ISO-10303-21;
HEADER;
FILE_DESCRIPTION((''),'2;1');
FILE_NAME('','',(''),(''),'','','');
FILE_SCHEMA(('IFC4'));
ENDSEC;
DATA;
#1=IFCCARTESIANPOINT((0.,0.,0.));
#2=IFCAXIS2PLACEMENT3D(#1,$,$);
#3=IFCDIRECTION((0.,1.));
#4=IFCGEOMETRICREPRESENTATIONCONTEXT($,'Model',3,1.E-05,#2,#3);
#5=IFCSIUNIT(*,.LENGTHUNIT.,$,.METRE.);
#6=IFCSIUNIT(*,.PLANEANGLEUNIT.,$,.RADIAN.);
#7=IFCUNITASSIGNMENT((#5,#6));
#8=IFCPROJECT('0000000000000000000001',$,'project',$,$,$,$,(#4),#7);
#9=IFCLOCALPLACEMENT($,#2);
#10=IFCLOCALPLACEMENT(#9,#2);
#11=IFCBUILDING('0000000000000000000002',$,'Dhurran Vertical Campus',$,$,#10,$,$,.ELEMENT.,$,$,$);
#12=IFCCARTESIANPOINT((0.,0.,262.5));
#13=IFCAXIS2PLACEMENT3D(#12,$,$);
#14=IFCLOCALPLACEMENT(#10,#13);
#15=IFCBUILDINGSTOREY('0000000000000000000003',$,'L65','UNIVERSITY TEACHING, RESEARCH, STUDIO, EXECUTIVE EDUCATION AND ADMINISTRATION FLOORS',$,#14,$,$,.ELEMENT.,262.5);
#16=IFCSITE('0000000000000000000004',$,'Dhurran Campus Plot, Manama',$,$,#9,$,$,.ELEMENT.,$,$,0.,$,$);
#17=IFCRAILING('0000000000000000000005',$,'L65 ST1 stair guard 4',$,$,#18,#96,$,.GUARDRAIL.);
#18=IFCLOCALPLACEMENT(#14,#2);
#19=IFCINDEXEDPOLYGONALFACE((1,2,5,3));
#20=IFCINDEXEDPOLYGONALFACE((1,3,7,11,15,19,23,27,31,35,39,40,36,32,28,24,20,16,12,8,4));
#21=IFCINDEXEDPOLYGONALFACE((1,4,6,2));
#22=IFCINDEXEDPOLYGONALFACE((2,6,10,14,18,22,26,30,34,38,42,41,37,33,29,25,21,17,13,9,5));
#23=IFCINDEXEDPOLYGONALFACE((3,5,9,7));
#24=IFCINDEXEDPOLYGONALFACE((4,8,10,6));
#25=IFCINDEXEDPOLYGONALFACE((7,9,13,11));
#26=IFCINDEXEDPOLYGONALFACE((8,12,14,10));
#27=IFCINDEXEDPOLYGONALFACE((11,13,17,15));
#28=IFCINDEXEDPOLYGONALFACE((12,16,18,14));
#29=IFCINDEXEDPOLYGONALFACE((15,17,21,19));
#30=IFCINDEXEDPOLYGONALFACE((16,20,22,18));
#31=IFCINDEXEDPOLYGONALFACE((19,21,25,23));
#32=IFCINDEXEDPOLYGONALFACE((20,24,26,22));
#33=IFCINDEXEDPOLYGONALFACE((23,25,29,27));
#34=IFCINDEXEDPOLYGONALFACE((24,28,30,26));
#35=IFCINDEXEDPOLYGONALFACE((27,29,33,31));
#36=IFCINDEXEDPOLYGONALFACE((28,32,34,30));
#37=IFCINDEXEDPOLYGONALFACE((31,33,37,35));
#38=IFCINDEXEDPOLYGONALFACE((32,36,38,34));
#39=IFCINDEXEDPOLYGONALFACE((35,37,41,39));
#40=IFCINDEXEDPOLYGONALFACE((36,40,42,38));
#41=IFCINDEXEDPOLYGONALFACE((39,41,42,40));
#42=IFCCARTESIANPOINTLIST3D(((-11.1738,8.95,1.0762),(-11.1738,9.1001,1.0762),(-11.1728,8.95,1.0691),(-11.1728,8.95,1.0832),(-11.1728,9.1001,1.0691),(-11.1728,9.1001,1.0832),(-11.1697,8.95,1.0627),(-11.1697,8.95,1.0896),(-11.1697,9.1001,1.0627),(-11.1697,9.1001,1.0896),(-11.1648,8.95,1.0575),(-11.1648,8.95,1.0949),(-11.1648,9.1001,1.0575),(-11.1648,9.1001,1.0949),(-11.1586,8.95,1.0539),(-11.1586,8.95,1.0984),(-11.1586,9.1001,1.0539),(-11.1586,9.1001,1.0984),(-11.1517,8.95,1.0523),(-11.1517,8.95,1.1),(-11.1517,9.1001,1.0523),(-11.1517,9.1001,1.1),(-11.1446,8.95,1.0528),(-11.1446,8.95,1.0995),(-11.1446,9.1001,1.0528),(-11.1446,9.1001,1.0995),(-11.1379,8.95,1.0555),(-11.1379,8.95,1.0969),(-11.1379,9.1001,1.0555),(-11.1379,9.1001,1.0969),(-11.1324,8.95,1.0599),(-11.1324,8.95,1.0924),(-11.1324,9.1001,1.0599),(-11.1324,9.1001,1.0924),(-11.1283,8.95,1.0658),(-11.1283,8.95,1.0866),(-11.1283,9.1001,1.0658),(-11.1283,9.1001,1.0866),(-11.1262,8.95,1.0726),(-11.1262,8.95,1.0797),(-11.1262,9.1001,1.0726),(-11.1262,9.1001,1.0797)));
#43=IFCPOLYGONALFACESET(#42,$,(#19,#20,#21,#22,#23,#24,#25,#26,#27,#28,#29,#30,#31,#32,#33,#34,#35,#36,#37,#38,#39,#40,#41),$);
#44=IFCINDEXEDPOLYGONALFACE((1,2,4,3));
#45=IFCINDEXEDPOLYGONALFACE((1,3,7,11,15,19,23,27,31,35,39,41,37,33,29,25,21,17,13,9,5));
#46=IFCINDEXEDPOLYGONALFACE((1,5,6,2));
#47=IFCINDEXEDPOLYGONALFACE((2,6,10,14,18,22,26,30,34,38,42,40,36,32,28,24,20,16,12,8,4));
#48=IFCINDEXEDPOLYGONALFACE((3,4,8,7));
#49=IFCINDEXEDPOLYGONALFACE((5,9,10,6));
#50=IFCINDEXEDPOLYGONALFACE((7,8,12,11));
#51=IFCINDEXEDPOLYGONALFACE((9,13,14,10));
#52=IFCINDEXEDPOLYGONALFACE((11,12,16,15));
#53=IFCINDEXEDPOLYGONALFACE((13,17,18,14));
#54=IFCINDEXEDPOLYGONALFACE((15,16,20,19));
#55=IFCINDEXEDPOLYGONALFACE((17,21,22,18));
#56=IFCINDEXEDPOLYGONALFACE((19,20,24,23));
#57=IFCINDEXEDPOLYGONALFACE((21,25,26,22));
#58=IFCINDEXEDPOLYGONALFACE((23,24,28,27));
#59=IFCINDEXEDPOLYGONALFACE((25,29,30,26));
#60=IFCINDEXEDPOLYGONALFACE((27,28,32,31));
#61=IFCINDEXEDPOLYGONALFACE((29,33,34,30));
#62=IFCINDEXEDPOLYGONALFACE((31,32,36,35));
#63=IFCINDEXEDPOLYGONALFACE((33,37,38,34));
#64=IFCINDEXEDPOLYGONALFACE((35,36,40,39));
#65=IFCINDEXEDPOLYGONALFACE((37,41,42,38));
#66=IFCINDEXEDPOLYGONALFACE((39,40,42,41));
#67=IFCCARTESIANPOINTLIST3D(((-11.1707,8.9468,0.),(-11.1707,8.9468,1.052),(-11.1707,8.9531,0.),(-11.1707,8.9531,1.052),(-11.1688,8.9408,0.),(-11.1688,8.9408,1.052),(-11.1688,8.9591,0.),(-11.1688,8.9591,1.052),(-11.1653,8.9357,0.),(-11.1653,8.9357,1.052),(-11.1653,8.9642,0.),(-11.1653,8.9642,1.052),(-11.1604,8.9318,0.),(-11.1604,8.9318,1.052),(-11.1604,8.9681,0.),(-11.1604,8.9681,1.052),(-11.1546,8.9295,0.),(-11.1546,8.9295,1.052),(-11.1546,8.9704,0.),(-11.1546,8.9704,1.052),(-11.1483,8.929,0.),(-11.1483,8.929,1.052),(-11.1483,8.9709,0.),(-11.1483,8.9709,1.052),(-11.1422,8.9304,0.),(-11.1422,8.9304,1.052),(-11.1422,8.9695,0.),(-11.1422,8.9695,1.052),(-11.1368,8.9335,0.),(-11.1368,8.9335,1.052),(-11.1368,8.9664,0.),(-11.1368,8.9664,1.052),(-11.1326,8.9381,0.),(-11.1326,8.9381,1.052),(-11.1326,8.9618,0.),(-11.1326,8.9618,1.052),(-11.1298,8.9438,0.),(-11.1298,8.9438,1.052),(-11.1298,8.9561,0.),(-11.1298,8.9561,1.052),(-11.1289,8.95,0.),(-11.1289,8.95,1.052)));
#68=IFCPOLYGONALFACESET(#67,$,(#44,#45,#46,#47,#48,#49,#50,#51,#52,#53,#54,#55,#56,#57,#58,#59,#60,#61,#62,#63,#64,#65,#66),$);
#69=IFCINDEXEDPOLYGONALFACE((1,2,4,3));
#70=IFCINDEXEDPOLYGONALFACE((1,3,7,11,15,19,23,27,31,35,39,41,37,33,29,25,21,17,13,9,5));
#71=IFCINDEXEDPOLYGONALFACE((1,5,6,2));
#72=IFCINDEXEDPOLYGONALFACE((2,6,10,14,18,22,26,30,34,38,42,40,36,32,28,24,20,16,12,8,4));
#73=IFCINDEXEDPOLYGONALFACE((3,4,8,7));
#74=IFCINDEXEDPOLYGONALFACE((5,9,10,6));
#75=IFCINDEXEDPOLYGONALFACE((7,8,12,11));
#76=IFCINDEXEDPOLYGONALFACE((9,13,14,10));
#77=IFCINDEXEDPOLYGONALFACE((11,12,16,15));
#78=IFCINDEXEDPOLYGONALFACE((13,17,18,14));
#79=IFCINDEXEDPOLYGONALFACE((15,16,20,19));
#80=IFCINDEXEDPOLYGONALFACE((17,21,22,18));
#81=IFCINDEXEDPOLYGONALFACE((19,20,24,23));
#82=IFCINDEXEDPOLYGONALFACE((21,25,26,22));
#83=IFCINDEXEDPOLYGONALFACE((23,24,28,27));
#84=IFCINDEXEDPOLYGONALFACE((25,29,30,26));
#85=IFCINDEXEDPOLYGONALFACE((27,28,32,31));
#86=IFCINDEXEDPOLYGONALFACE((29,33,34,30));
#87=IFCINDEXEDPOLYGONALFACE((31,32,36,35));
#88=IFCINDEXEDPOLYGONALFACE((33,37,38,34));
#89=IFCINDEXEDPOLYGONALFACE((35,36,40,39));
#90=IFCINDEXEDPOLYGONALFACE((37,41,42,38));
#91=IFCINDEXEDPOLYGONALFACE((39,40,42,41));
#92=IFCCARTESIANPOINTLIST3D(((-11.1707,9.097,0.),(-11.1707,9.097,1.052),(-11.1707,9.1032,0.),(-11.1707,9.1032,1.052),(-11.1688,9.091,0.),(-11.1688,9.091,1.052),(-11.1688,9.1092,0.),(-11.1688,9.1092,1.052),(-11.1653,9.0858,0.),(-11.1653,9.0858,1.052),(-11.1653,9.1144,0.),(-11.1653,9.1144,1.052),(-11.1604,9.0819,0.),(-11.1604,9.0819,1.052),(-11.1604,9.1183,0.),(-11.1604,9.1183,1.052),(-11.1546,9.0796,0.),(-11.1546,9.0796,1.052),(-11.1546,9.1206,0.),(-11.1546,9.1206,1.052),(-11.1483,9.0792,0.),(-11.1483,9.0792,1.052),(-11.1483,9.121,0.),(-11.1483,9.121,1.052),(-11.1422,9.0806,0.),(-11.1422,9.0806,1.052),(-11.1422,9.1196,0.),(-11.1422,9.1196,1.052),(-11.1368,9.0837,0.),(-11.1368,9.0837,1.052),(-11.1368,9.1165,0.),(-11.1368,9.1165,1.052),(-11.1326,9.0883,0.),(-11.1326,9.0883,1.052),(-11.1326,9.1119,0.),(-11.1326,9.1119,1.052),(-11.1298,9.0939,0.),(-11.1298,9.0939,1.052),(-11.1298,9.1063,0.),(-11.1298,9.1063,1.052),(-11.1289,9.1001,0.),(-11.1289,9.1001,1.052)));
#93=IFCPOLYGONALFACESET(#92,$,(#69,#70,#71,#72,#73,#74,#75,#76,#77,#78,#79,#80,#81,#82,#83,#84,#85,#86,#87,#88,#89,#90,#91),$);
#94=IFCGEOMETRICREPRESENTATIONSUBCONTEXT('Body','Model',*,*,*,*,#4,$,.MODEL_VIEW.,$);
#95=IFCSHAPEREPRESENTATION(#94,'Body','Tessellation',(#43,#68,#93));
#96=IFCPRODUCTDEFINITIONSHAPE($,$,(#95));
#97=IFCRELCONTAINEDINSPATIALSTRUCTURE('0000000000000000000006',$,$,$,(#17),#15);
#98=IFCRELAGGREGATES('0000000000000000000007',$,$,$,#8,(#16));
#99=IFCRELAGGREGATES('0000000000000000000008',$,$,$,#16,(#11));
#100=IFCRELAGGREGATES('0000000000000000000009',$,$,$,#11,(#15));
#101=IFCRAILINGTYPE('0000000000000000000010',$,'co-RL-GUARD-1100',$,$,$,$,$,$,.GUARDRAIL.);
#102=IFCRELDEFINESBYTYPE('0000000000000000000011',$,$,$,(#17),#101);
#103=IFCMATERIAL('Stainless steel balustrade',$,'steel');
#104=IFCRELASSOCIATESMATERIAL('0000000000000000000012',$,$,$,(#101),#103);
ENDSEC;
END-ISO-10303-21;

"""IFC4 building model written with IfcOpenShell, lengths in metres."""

from ifc_helpers import new_model, si_unit, direction, frame, origin, origin_2d, place, context, subcontext, project, spatial, circle, extrude, material, type_object, element, save


model = new_model("IFC4")

# Units and contexts
model_context = context("Model", 3, precision=1e-05, world=origin(), true_north=direction((0.0, 1.0)))
body_context = subcontext(model_context, "Body", "Model", "MODEL_VIEW")
ifc_project = project(units=[si_unit("LENGTHUNIT", "METRE"), si_unit("PLANEANGLEUNIT", "RADIAN")], contexts=[model_context])

# Site, building, storey
site_placement = place(None, origin())
site = spatial("IfcSite", under=ifc_project, at=site_placement, Name="Dhurran Campus Plot, Manama", CompositionType="ELEMENT", RefElevation=0.0)
building_placement = place(site_placement, origin())
building = spatial("IfcBuilding", under=site, at=building_placement, Name="Dhurran Vertical Campus", CompositionType="ELEMENT")
storey_placement = place(building_placement, frame((0.0, 0.0, 262.5)))
storey = spatial("IfcBuildingStorey", under=building, at=storey_placement, Name="L65", Description="UNIVERSITY TEACHING, RESEARCH, STUDIO, EXECUTIVE EDUCATION AND ADMINISTRATION FLOORS", CompositionType="ELEMENT", Elevation=262.5)

# Railing
ifc_material_1 = material(Name="Stainless steel balustrade", Category="steel")
railing_type_1 = type_object("IfcRailingType", Name="co-RL-GUARD-1100", PredefinedType="GUARDRAIL", material=ifc_material_1)
railing_1_placement = place(storey_placement, frame((-11.1499, 8.95, 0.0)))
element("IfcRailing", 1, at=railing_1_placement, inside=storey, type_object=railing_type_1, Name="L65 ST1 stair guard 4", PredefinedType="GUARDRAIL", context=body_context, shape_type="SweptSolid", body=[
    extrude(circle(Radius=0.0239, at=origin_2d()), frame((0.0, 0.0, 1.0762), z_axis=(0.0, 1.0, 0.0), x_axis=(-1.0, 0.0, 0.0)), (0.0, 0.0, 1.0), 0.1501),
    extrude(circle(Radius=0.021, at=origin_2d()), origin(), (0.0, 0.0, 1.0), 1.052),
    extrude(circle(Radius=0.021, at=origin_2d()), frame((0.0, 0.1501, 0.0)), (0.0, 0.0, 1.0), 1.052),
])

save(model, "model.ifc")
